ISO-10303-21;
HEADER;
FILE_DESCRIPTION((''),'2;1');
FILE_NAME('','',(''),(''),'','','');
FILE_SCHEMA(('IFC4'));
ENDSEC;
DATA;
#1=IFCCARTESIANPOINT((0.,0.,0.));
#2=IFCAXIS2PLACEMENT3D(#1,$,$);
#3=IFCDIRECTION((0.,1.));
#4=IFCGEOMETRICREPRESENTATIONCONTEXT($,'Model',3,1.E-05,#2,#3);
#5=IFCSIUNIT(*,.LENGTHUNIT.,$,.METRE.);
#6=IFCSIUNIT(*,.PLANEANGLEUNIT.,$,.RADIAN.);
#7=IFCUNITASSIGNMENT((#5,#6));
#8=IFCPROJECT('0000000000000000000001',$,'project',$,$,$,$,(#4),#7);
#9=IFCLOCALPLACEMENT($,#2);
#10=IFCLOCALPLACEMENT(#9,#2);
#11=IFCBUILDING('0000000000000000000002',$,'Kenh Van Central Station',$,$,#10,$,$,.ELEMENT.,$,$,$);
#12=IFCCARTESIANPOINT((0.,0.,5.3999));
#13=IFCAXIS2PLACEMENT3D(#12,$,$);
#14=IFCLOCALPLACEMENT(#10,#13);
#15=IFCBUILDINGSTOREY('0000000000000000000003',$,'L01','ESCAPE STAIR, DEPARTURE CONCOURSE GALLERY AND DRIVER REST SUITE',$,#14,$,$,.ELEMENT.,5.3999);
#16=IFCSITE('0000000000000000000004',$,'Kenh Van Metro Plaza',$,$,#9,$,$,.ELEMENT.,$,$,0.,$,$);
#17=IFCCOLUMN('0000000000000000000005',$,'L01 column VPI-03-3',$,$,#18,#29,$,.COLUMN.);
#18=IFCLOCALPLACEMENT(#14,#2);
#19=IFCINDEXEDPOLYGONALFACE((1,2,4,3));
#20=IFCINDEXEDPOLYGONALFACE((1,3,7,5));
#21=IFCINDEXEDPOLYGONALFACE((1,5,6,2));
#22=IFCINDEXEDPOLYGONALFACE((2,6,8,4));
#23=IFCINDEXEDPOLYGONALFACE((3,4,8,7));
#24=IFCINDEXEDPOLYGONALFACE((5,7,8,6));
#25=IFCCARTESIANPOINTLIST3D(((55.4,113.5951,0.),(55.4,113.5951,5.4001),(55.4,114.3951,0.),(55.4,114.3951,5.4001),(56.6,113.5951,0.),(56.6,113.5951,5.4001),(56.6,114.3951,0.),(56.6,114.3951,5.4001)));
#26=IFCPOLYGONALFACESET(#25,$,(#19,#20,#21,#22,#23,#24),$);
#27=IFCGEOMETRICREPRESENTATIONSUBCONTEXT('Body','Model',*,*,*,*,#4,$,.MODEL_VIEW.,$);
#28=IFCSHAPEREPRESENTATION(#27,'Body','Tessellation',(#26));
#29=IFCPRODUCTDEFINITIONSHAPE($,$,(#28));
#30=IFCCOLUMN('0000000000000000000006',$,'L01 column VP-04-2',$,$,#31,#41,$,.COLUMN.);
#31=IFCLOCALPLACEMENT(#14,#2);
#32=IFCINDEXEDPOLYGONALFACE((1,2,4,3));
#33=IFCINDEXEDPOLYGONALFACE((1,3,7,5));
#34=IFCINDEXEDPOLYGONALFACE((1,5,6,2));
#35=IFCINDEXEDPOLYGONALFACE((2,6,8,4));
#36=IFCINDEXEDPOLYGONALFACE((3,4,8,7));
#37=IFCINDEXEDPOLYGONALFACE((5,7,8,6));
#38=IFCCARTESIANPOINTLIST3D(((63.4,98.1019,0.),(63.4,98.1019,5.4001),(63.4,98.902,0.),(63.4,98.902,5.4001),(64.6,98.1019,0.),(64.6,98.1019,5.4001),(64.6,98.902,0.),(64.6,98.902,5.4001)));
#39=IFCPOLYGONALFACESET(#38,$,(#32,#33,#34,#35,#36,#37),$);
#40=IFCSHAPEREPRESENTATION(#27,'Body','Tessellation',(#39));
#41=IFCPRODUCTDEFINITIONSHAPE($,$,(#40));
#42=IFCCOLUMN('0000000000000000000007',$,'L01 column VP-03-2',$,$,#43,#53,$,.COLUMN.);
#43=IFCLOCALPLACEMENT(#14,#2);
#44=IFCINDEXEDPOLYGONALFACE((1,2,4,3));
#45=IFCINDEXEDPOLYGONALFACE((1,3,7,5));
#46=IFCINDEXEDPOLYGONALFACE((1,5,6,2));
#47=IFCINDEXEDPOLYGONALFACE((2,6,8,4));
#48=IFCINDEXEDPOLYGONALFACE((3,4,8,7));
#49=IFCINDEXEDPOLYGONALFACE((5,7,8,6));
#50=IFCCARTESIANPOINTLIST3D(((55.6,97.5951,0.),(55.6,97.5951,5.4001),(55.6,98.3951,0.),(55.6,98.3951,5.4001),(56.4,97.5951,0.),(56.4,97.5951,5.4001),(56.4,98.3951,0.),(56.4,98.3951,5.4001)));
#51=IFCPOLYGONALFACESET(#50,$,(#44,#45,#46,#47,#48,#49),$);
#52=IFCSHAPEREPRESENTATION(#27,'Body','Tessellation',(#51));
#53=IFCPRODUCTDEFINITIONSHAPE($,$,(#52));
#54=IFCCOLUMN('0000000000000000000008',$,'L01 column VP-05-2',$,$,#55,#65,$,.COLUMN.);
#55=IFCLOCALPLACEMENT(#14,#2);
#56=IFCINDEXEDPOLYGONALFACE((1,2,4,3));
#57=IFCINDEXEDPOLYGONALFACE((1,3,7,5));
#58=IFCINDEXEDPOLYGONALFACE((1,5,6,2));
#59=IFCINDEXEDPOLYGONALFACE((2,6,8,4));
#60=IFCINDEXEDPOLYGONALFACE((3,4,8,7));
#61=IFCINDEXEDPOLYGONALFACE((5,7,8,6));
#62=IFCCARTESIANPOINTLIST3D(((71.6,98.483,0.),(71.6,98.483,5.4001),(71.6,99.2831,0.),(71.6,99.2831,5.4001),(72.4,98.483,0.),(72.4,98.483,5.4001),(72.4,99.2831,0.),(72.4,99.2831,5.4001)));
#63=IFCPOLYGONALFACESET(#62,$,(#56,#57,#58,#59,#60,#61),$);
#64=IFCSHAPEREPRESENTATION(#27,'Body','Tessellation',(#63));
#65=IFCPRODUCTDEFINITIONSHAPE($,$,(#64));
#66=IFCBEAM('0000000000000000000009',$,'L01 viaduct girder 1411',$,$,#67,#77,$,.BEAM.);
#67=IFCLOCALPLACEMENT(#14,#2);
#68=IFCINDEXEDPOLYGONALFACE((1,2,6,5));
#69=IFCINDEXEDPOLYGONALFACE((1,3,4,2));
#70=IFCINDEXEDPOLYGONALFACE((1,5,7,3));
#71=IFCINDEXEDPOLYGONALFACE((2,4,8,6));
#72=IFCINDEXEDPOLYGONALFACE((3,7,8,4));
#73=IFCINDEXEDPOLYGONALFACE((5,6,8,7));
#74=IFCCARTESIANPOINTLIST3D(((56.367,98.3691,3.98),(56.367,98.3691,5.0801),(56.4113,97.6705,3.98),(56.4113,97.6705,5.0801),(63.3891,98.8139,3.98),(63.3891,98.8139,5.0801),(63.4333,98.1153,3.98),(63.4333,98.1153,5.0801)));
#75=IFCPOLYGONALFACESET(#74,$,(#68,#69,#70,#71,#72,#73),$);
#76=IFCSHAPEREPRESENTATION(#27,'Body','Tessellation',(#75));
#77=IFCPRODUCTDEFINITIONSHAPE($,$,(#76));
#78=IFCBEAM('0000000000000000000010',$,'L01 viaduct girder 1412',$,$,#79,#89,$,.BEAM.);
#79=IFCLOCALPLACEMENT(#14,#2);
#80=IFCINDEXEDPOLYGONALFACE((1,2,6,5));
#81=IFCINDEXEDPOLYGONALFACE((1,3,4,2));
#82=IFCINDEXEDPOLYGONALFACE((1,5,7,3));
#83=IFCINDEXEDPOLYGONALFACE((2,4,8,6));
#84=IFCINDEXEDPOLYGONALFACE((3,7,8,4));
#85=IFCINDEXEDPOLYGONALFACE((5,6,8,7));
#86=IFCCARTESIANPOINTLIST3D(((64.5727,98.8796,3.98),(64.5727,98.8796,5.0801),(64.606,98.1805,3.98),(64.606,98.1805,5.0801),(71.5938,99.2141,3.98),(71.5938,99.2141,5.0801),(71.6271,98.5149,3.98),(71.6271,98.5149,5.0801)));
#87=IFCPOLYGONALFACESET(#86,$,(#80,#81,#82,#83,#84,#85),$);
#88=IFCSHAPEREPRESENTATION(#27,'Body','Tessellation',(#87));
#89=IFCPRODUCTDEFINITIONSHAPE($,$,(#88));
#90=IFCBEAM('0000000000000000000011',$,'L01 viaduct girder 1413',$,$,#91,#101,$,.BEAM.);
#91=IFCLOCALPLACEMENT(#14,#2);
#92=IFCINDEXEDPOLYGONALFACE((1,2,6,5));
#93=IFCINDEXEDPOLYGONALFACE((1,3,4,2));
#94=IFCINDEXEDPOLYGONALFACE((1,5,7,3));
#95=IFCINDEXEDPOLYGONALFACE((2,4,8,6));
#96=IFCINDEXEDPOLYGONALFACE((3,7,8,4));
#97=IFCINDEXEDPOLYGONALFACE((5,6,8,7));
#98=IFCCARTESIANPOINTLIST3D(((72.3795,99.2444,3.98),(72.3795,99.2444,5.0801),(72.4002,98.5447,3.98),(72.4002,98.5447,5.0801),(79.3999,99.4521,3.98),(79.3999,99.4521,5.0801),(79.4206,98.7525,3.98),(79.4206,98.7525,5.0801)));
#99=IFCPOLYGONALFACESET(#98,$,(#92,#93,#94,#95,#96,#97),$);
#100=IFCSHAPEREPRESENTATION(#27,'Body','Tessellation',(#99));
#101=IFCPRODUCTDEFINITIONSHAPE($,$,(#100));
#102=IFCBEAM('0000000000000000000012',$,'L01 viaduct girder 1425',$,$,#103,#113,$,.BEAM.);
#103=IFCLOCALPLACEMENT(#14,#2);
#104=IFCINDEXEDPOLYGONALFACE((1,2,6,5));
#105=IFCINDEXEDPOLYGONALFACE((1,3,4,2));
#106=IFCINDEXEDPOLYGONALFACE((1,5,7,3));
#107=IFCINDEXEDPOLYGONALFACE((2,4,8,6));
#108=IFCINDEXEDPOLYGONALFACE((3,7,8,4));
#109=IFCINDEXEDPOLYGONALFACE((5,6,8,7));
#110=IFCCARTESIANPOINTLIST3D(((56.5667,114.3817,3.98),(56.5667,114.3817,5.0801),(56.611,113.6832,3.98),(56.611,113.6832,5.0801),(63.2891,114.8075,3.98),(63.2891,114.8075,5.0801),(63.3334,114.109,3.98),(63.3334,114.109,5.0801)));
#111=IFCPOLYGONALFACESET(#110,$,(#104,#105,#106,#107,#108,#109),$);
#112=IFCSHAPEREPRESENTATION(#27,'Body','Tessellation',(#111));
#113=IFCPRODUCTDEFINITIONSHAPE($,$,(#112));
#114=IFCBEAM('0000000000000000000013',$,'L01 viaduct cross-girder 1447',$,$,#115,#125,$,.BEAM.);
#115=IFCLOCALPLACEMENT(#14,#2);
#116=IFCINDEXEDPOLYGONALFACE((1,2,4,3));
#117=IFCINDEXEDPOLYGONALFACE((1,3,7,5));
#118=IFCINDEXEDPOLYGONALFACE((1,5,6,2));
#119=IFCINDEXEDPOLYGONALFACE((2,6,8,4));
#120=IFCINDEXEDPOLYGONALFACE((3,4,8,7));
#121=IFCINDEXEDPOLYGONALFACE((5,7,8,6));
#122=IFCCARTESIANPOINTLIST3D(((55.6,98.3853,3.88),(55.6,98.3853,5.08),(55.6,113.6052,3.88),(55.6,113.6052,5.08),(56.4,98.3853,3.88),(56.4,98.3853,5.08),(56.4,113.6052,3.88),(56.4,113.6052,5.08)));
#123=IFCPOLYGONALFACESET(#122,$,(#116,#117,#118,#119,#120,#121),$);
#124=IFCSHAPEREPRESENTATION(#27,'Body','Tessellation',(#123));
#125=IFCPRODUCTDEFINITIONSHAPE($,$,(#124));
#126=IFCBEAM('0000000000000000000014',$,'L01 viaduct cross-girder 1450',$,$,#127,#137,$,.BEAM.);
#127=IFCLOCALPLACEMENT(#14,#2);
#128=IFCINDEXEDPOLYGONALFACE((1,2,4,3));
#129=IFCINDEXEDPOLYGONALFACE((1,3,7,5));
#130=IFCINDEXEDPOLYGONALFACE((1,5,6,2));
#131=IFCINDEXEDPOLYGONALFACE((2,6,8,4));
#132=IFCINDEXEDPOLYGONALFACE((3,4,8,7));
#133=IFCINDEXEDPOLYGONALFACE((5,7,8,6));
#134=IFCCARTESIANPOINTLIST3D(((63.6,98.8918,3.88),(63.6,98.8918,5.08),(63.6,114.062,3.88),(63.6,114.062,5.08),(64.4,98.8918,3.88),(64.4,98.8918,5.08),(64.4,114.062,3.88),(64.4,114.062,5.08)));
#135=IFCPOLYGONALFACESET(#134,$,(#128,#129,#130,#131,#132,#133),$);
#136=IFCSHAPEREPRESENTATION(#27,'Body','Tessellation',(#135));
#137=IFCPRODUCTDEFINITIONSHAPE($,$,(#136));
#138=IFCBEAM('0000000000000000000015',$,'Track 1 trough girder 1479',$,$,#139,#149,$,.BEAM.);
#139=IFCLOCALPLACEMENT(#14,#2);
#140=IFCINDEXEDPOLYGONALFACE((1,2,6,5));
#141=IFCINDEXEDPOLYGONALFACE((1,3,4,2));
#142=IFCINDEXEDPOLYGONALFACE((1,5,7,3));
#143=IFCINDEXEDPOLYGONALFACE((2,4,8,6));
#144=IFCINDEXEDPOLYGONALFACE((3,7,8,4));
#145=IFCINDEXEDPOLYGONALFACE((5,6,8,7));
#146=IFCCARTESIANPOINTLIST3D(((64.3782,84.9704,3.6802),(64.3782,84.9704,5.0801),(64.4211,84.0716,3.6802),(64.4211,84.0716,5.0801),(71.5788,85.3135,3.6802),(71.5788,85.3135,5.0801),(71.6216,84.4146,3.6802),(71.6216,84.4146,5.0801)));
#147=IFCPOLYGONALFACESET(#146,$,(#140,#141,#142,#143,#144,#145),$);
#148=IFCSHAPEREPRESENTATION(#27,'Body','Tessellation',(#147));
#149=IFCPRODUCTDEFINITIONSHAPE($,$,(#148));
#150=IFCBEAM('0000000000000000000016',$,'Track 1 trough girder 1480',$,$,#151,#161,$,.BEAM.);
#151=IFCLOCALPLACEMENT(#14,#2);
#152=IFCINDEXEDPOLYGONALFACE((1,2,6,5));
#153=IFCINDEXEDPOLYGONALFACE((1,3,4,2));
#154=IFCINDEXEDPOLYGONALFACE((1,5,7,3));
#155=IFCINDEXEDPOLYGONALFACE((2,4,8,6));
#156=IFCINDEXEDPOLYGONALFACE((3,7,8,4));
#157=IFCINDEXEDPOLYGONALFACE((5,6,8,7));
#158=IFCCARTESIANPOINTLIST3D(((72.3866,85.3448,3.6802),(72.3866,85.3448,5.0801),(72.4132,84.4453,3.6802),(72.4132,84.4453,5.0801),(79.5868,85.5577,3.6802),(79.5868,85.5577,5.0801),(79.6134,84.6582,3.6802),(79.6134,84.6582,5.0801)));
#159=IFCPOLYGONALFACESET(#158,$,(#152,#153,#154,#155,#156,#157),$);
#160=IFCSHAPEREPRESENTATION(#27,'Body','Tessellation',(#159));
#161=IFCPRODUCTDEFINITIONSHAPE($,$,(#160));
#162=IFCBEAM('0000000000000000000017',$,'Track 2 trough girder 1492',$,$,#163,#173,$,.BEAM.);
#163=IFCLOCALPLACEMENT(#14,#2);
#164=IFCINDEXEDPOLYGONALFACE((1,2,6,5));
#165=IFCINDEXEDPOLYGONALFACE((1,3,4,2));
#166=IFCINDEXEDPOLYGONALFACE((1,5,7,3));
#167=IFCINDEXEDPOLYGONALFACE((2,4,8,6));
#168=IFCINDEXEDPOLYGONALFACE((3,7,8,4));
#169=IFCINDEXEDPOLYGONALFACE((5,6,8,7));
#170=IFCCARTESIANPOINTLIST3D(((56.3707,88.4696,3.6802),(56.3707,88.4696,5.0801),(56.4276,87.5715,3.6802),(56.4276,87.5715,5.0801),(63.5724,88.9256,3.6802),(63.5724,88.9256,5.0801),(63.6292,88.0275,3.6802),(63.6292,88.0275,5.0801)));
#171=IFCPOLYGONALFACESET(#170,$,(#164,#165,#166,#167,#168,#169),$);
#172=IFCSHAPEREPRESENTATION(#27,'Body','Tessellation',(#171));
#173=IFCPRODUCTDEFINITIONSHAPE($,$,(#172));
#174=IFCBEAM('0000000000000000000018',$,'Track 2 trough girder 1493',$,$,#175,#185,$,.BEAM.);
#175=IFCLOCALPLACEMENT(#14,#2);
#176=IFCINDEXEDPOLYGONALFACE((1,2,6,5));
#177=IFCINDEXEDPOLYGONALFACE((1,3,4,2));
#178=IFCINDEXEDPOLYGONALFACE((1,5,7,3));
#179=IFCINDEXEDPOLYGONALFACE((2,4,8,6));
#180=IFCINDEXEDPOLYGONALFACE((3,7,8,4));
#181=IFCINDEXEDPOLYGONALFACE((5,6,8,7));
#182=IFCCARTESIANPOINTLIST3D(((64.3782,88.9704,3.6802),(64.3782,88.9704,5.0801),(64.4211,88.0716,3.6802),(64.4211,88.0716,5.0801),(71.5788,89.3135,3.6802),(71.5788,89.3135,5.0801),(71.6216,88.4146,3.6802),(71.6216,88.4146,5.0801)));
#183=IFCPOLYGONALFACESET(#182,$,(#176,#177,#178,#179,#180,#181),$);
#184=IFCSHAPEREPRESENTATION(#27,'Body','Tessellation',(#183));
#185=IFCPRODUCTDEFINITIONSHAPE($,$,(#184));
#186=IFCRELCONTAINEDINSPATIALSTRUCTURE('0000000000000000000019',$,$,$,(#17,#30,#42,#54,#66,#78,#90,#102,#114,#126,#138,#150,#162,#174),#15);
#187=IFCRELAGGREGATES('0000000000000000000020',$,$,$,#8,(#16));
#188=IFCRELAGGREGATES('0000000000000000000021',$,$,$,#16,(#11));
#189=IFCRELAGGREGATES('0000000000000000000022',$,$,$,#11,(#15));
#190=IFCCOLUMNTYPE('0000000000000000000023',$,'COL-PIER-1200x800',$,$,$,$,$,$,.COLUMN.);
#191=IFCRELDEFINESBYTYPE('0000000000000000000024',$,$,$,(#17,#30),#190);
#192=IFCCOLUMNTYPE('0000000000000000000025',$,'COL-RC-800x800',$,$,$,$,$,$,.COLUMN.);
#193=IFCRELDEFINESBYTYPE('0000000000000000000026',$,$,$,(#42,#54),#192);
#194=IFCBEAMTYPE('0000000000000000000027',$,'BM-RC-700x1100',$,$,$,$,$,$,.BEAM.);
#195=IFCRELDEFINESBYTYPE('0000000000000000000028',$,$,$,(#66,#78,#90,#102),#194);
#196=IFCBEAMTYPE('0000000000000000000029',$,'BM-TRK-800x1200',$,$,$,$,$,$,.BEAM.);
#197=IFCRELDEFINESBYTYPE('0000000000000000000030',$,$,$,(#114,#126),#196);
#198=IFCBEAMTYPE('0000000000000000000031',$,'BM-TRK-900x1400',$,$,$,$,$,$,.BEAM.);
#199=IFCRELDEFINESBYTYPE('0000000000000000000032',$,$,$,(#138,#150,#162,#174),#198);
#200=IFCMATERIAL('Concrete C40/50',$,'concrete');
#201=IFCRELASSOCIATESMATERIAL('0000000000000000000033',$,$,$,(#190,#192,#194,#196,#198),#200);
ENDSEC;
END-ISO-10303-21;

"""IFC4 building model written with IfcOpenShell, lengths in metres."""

from ifc_helpers import new_model, si_unit, direction, frame, origin, origin_2d, place, context, subcontext, project, spatial, rectangle, extrude, material, material_profile, profile_set, type_object, element, save


model = new_model("IFC4")

# Units and contexts
model_context = context("Model", 3, precision=1e-05, world=origin(), true_north=direction((0.0, 1.0)))
body_context = subcontext(model_context, "Body", "Model", "MODEL_VIEW")
ifc_project = project(units=[si_unit("LENGTHUNIT", "METRE"), si_unit("PLANEANGLEUNIT", "RADIAN")], contexts=[model_context])

# Site, building, storey
site_placement = place(None, origin())
site = spatial("IfcSite", under=ifc_project, at=site_placement, Name="Kenh Van Metro Plaza", CompositionType="ELEMENT", RefElevation=0.0)
building_placement = place(site_placement, origin())
building = spatial("IfcBuilding", under=site, at=building_placement, Name="Kenh Van Central Station", CompositionType="ELEMENT")
storey_placement = place(building_placement, frame((0.0, 0.0, 5.3999)))
storey = spatial("IfcBuildingStorey", under=building, at=storey_placement, Name="L01", Description="ESCAPE STAIR, DEPARTURE CONCOURSE GALLERY AND DRIVER REST SUITE", CompositionType="ELEMENT", Elevation=5.3999)

# Columns
ifc_material_1 = material(Name="Concrete C40/50", Category="concrete")
ifc_material_profile_1 = material_profile(ifc_material_1, rectangle(XDim=1.2, YDim=0.8, at=origin_2d()), Name="RC 1200x800")
ifc_profile_set_1 = profile_set([ifc_material_profile_1], Name="Concrete C40/50")
column_type_1 = type_object("IfcColumnType", Name="COL-PIER-1200x800", PredefinedType="COLUMN", material=ifc_profile_set_1)
for number, where, z_axis, x_axis, name in (
    (1, (56.0, 113.9951, 0.0), (0.0, 0.0, 1.0), (1.0, 0.0, 0.0), "L01 column VPI-03-3"),
    (2, (64.0, 98.502, 0.0), (0.0, 0.0, 1.0), (1.0, 0.0, 0.0), "L01 column VP-04-2"),
):
    element("IfcColumn", number, at=place(storey_placement, frame(where, z_axis=z_axis, x_axis=x_axis)), inside=storey, type_object=column_type_1, Name=name, PredefinedType="COLUMN", context=body_context, shape_type="SweptSolid", body=[
        extrude(rectangle(XDim=1.2, YDim=0.8, at=origin_2d()), origin(), (0.0, 0.0, 1.0), 5.4001),
    ])
ifc_material_profile_2 = material_profile(ifc_material_1, rectangle(XDim=0.8, YDim=0.8, at=origin_2d()), Name="RC 800x800")
ifc_profile_set_2 = profile_set([ifc_material_profile_2], Name="Concrete C40/50")
column_type_2 = type_object("IfcColumnType", Name="COL-RC-800x800", PredefinedType="COLUMN", material=ifc_profile_set_2)
for number, where, z_axis, x_axis, name in (
    (3, (56.0, 97.9951, 0.0), (0.0, 0.0, 1.0), (1.0, 0.0, 0.0), "L01 column VP-03-2"),
    (4, (72.0, 98.8831, 0.0), (0.0, 0.0, 1.0), (1.0, 0.0, 0.0), "L01 column VP-05-2"),
):
    element("IfcColumn", number, at=place(storey_placement, frame(where, z_axis=z_axis, x_axis=x_axis)), inside=storey, type_object=column_type_2, Name=name, PredefinedType="COLUMN", context=body_context, shape_type="SweptSolid", body=[
        extrude(rectangle(XDim=0.8, YDim=0.8, at=origin_2d()), origin(), (0.0, 0.0, 1.0), 5.4001),
    ])

# Beams
ifc_material_profile_3 = material_profile(ifc_material_1, rectangle(XDim=0.7, YDim=1.1001, at=origin_2d()), Name="RC 700x1100")
ifc_profile_set_3 = profile_set([ifc_material_profile_3], Name="Concrete C40/50")
beam_type_1 = type_object("IfcBeamType", Name="BM-RC-700x1100", PredefinedType="BEAM", material=ifc_profile_set_3)
beam_1_placement = place(storey_placement, frame((56.3892, 98.0198, 4.53), z_axis=(0.998, 0.063221, 0.0), x_axis=(-0.063221, 0.998, 0.0)))
element("IfcBeam", 5, at=beam_1_placement, inside=storey, type_object=beam_type_1, Name="L01 viaduct girder 1411", PredefinedType="BEAM", context=body_context, shape_type="SweptSolid", body=[
    extrude(rectangle(XDim=0.7, YDim=1.1001, at=origin_2d()), origin(), (0.0, 0.0, 1.0), 7.0361),
])
beam_2_placement = place(storey_placement, frame((64.5894, 98.53, 4.53), z_axis=(0.998867, 0.047585, 0.0), x_axis=(-0.047585, 0.998867, 0.0)))
element("IfcBeam", 6, at=beam_2_placement, inside=storey, type_object=beam_type_1, Name="L01 viaduct girder 1412", PredefinedType="BEAM", context=body_context, shape_type="SweptSolid", body=[
    extrude(rectangle(XDim=0.7, YDim=1.1001, at=origin_2d()), origin(), (0.0, 0.0, 1.0), 7.0291),
])
beam_3_placement = place(storey_placement, frame((72.3899, 98.8945, 4.53), z_axis=(0.999562, 0.029582, 0.0), x_axis=(-0.029582, 0.999562, 0.0)))
element("IfcBeam", 7, at=beam_3_placement, inside=storey, type_object=beam_type_1, Name="L01 viaduct girder 1413", PredefinedType="BEAM", context=body_context, shape_type="SweptSolid", body=[
    extrude(rectangle(XDim=0.7, YDim=1.1001, at=origin_2d()), origin(), (0.0, 0.0, 1.0), 7.0234),
])
beam_4_placement = place(storey_placement, frame((56.5889, 114.0325, 4.53), z_axis=(0.998, 0.063211, 0.0), x_axis=(-0.063211, 0.998, 0.0)))
element("IfcBeam", 8, at=beam_4_placement, inside=storey, type_object=beam_type_1, Name="L01 viaduct girder 1425", PredefinedType="BEAM", context=body_context, shape_type="SweptSolid", body=[
    extrude(rectangle(XDim=0.7, YDim=1.1001, at=origin_2d()), origin(), (0.0, 0.0, 1.0), 6.7358),
])
ifc_material_profile_4 = material_profile(ifc_material_1, rectangle(XDim=0.8, YDim=1.2, at=origin_2d()), Name="RC 800x1200")
ifc_profile_set_4 = profile_set([ifc_material_profile_4], Name="Concrete C40/50")
beam_type_2 = type_object("IfcBeamType", Name="BM-TRK-800x1200", PredefinedType="BEAM", material=ifc_profile_set_4)
beam_5_placement = place(storey_placement, frame((56.0, 98.3853, 4.48), z_axis=(0.0, 1.0, 0.0), x_axis=(-1.0, 0.0, 0.0)))
element("IfcBeam", 9, at=beam_5_placement, inside=storey, type_object=beam_type_2, Name="L01 viaduct cross-girder 1447", PredefinedType="BEAM", context=body_context, shape_type="SweptSolid", body=[
    extrude(rectangle(XDim=0.8, YDim=1.2, at=origin_2d()), origin(), (0.0, 0.0, 1.0), 15.22),
])
beam_6_placement = place(storey_placement, frame((64.0, 98.8918, 4.48), z_axis=(0.0, 1.0, 0.0), x_axis=(-1.0, 0.0, 0.0)))
element("IfcBeam", 10, at=beam_6_placement, inside=storey, type_object=beam_type_2, Name="L01 viaduct cross-girder 1450", PredefinedType="BEAM", context=body_context, shape_type="SweptSolid", body=[
    extrude(rectangle(XDim=0.8, YDim=1.2, at=origin_2d()), origin(), (0.0, 0.0, 1.0), 15.1702),
])
ifc_material_profile_5 = material_profile(ifc_material_1, rectangle(XDim=0.8999, YDim=1.3999, at=origin_2d()), Name="RC 900x1400")
ifc_profile_set_5 = profile_set([ifc_material_profile_5], Name="Concrete C40/50")
beam_type_3 = type_object("IfcBeamType", Name="BM-TRK-900x1400", PredefinedType="BEAM", material=ifc_profile_set_5)
beam_7_placement = place(storey_placement, frame((64.3997, 84.521, 4.3801), z_axis=(0.998867, 0.047583, 0.0), x_axis=(-0.047583, 0.998867, 0.0)))
element("IfcBeam", 11, at=beam_7_placement, inside=storey, type_object=beam_type_3, Name="Track 1 trough girder 1479", PredefinedType="BEAM", context=body_context, shape_type="SweptSolid", body=[
    extrude(rectangle(XDim=0.8999, YDim=1.3999, at=origin_2d()), origin(), (0.0, 0.0, 1.0), 7.2087),
])
beam_8_placement = place(storey_placement, frame((72.3999, 84.895, 4.3801), z_axis=(0.999563, 0.029554, 0.0), x_axis=(-0.029554, 0.999563, 0.0)))
element("IfcBeam", 12, at=beam_8_placement, inside=storey, type_object=beam_type_3, Name="Track 1 trough girder 1480", PredefinedType="BEAM", context=body_context, shape_type="SweptSolid", body=[
    extrude(rectangle(XDim=0.8999, YDim=1.3999, at=origin_2d()), origin(), (0.0, 0.0, 1.0), 7.2034),
])
beam_9_placement = place(storey_placement, frame((56.3992, 88.0205, 4.3801), z_axis=(0.998001, 0.0632, 0.0), x_axis=(-0.0632, 0.998001, 0.0)))
element("IfcBeam", 13, at=beam_9_placement, inside=storey, type_object=beam_type_3, Name="Track 2 trough girder 1492", PredefinedType="BEAM", context=body_context, shape_type="SweptSolid", body=[
    extrude(rectangle(XDim=0.8999, YDim=1.3999, at=origin_2d()), origin(), (0.0, 0.0, 1.0), 7.2161),
])
beam_10_placement = place(storey_placement, frame((64.3997, 88.521, 4.3801), z_axis=(0.998867, 0.047583, 0.0), x_axis=(-0.047583, 0.998867, 0.0)))
element("IfcBeam", 14, at=beam_10_placement, inside=storey, type_object=beam_type_3, Name="Track 2 trough girder 1493", PredefinedType="BEAM", context=body_context, shape_type="SweptSolid", body=[
    extrude(rectangle(XDim=0.8999, YDim=1.3999, at=origin_2d()), origin(), (0.0, 0.0, 1.0), 7.2087),
])

save(model, "model.ifc")
